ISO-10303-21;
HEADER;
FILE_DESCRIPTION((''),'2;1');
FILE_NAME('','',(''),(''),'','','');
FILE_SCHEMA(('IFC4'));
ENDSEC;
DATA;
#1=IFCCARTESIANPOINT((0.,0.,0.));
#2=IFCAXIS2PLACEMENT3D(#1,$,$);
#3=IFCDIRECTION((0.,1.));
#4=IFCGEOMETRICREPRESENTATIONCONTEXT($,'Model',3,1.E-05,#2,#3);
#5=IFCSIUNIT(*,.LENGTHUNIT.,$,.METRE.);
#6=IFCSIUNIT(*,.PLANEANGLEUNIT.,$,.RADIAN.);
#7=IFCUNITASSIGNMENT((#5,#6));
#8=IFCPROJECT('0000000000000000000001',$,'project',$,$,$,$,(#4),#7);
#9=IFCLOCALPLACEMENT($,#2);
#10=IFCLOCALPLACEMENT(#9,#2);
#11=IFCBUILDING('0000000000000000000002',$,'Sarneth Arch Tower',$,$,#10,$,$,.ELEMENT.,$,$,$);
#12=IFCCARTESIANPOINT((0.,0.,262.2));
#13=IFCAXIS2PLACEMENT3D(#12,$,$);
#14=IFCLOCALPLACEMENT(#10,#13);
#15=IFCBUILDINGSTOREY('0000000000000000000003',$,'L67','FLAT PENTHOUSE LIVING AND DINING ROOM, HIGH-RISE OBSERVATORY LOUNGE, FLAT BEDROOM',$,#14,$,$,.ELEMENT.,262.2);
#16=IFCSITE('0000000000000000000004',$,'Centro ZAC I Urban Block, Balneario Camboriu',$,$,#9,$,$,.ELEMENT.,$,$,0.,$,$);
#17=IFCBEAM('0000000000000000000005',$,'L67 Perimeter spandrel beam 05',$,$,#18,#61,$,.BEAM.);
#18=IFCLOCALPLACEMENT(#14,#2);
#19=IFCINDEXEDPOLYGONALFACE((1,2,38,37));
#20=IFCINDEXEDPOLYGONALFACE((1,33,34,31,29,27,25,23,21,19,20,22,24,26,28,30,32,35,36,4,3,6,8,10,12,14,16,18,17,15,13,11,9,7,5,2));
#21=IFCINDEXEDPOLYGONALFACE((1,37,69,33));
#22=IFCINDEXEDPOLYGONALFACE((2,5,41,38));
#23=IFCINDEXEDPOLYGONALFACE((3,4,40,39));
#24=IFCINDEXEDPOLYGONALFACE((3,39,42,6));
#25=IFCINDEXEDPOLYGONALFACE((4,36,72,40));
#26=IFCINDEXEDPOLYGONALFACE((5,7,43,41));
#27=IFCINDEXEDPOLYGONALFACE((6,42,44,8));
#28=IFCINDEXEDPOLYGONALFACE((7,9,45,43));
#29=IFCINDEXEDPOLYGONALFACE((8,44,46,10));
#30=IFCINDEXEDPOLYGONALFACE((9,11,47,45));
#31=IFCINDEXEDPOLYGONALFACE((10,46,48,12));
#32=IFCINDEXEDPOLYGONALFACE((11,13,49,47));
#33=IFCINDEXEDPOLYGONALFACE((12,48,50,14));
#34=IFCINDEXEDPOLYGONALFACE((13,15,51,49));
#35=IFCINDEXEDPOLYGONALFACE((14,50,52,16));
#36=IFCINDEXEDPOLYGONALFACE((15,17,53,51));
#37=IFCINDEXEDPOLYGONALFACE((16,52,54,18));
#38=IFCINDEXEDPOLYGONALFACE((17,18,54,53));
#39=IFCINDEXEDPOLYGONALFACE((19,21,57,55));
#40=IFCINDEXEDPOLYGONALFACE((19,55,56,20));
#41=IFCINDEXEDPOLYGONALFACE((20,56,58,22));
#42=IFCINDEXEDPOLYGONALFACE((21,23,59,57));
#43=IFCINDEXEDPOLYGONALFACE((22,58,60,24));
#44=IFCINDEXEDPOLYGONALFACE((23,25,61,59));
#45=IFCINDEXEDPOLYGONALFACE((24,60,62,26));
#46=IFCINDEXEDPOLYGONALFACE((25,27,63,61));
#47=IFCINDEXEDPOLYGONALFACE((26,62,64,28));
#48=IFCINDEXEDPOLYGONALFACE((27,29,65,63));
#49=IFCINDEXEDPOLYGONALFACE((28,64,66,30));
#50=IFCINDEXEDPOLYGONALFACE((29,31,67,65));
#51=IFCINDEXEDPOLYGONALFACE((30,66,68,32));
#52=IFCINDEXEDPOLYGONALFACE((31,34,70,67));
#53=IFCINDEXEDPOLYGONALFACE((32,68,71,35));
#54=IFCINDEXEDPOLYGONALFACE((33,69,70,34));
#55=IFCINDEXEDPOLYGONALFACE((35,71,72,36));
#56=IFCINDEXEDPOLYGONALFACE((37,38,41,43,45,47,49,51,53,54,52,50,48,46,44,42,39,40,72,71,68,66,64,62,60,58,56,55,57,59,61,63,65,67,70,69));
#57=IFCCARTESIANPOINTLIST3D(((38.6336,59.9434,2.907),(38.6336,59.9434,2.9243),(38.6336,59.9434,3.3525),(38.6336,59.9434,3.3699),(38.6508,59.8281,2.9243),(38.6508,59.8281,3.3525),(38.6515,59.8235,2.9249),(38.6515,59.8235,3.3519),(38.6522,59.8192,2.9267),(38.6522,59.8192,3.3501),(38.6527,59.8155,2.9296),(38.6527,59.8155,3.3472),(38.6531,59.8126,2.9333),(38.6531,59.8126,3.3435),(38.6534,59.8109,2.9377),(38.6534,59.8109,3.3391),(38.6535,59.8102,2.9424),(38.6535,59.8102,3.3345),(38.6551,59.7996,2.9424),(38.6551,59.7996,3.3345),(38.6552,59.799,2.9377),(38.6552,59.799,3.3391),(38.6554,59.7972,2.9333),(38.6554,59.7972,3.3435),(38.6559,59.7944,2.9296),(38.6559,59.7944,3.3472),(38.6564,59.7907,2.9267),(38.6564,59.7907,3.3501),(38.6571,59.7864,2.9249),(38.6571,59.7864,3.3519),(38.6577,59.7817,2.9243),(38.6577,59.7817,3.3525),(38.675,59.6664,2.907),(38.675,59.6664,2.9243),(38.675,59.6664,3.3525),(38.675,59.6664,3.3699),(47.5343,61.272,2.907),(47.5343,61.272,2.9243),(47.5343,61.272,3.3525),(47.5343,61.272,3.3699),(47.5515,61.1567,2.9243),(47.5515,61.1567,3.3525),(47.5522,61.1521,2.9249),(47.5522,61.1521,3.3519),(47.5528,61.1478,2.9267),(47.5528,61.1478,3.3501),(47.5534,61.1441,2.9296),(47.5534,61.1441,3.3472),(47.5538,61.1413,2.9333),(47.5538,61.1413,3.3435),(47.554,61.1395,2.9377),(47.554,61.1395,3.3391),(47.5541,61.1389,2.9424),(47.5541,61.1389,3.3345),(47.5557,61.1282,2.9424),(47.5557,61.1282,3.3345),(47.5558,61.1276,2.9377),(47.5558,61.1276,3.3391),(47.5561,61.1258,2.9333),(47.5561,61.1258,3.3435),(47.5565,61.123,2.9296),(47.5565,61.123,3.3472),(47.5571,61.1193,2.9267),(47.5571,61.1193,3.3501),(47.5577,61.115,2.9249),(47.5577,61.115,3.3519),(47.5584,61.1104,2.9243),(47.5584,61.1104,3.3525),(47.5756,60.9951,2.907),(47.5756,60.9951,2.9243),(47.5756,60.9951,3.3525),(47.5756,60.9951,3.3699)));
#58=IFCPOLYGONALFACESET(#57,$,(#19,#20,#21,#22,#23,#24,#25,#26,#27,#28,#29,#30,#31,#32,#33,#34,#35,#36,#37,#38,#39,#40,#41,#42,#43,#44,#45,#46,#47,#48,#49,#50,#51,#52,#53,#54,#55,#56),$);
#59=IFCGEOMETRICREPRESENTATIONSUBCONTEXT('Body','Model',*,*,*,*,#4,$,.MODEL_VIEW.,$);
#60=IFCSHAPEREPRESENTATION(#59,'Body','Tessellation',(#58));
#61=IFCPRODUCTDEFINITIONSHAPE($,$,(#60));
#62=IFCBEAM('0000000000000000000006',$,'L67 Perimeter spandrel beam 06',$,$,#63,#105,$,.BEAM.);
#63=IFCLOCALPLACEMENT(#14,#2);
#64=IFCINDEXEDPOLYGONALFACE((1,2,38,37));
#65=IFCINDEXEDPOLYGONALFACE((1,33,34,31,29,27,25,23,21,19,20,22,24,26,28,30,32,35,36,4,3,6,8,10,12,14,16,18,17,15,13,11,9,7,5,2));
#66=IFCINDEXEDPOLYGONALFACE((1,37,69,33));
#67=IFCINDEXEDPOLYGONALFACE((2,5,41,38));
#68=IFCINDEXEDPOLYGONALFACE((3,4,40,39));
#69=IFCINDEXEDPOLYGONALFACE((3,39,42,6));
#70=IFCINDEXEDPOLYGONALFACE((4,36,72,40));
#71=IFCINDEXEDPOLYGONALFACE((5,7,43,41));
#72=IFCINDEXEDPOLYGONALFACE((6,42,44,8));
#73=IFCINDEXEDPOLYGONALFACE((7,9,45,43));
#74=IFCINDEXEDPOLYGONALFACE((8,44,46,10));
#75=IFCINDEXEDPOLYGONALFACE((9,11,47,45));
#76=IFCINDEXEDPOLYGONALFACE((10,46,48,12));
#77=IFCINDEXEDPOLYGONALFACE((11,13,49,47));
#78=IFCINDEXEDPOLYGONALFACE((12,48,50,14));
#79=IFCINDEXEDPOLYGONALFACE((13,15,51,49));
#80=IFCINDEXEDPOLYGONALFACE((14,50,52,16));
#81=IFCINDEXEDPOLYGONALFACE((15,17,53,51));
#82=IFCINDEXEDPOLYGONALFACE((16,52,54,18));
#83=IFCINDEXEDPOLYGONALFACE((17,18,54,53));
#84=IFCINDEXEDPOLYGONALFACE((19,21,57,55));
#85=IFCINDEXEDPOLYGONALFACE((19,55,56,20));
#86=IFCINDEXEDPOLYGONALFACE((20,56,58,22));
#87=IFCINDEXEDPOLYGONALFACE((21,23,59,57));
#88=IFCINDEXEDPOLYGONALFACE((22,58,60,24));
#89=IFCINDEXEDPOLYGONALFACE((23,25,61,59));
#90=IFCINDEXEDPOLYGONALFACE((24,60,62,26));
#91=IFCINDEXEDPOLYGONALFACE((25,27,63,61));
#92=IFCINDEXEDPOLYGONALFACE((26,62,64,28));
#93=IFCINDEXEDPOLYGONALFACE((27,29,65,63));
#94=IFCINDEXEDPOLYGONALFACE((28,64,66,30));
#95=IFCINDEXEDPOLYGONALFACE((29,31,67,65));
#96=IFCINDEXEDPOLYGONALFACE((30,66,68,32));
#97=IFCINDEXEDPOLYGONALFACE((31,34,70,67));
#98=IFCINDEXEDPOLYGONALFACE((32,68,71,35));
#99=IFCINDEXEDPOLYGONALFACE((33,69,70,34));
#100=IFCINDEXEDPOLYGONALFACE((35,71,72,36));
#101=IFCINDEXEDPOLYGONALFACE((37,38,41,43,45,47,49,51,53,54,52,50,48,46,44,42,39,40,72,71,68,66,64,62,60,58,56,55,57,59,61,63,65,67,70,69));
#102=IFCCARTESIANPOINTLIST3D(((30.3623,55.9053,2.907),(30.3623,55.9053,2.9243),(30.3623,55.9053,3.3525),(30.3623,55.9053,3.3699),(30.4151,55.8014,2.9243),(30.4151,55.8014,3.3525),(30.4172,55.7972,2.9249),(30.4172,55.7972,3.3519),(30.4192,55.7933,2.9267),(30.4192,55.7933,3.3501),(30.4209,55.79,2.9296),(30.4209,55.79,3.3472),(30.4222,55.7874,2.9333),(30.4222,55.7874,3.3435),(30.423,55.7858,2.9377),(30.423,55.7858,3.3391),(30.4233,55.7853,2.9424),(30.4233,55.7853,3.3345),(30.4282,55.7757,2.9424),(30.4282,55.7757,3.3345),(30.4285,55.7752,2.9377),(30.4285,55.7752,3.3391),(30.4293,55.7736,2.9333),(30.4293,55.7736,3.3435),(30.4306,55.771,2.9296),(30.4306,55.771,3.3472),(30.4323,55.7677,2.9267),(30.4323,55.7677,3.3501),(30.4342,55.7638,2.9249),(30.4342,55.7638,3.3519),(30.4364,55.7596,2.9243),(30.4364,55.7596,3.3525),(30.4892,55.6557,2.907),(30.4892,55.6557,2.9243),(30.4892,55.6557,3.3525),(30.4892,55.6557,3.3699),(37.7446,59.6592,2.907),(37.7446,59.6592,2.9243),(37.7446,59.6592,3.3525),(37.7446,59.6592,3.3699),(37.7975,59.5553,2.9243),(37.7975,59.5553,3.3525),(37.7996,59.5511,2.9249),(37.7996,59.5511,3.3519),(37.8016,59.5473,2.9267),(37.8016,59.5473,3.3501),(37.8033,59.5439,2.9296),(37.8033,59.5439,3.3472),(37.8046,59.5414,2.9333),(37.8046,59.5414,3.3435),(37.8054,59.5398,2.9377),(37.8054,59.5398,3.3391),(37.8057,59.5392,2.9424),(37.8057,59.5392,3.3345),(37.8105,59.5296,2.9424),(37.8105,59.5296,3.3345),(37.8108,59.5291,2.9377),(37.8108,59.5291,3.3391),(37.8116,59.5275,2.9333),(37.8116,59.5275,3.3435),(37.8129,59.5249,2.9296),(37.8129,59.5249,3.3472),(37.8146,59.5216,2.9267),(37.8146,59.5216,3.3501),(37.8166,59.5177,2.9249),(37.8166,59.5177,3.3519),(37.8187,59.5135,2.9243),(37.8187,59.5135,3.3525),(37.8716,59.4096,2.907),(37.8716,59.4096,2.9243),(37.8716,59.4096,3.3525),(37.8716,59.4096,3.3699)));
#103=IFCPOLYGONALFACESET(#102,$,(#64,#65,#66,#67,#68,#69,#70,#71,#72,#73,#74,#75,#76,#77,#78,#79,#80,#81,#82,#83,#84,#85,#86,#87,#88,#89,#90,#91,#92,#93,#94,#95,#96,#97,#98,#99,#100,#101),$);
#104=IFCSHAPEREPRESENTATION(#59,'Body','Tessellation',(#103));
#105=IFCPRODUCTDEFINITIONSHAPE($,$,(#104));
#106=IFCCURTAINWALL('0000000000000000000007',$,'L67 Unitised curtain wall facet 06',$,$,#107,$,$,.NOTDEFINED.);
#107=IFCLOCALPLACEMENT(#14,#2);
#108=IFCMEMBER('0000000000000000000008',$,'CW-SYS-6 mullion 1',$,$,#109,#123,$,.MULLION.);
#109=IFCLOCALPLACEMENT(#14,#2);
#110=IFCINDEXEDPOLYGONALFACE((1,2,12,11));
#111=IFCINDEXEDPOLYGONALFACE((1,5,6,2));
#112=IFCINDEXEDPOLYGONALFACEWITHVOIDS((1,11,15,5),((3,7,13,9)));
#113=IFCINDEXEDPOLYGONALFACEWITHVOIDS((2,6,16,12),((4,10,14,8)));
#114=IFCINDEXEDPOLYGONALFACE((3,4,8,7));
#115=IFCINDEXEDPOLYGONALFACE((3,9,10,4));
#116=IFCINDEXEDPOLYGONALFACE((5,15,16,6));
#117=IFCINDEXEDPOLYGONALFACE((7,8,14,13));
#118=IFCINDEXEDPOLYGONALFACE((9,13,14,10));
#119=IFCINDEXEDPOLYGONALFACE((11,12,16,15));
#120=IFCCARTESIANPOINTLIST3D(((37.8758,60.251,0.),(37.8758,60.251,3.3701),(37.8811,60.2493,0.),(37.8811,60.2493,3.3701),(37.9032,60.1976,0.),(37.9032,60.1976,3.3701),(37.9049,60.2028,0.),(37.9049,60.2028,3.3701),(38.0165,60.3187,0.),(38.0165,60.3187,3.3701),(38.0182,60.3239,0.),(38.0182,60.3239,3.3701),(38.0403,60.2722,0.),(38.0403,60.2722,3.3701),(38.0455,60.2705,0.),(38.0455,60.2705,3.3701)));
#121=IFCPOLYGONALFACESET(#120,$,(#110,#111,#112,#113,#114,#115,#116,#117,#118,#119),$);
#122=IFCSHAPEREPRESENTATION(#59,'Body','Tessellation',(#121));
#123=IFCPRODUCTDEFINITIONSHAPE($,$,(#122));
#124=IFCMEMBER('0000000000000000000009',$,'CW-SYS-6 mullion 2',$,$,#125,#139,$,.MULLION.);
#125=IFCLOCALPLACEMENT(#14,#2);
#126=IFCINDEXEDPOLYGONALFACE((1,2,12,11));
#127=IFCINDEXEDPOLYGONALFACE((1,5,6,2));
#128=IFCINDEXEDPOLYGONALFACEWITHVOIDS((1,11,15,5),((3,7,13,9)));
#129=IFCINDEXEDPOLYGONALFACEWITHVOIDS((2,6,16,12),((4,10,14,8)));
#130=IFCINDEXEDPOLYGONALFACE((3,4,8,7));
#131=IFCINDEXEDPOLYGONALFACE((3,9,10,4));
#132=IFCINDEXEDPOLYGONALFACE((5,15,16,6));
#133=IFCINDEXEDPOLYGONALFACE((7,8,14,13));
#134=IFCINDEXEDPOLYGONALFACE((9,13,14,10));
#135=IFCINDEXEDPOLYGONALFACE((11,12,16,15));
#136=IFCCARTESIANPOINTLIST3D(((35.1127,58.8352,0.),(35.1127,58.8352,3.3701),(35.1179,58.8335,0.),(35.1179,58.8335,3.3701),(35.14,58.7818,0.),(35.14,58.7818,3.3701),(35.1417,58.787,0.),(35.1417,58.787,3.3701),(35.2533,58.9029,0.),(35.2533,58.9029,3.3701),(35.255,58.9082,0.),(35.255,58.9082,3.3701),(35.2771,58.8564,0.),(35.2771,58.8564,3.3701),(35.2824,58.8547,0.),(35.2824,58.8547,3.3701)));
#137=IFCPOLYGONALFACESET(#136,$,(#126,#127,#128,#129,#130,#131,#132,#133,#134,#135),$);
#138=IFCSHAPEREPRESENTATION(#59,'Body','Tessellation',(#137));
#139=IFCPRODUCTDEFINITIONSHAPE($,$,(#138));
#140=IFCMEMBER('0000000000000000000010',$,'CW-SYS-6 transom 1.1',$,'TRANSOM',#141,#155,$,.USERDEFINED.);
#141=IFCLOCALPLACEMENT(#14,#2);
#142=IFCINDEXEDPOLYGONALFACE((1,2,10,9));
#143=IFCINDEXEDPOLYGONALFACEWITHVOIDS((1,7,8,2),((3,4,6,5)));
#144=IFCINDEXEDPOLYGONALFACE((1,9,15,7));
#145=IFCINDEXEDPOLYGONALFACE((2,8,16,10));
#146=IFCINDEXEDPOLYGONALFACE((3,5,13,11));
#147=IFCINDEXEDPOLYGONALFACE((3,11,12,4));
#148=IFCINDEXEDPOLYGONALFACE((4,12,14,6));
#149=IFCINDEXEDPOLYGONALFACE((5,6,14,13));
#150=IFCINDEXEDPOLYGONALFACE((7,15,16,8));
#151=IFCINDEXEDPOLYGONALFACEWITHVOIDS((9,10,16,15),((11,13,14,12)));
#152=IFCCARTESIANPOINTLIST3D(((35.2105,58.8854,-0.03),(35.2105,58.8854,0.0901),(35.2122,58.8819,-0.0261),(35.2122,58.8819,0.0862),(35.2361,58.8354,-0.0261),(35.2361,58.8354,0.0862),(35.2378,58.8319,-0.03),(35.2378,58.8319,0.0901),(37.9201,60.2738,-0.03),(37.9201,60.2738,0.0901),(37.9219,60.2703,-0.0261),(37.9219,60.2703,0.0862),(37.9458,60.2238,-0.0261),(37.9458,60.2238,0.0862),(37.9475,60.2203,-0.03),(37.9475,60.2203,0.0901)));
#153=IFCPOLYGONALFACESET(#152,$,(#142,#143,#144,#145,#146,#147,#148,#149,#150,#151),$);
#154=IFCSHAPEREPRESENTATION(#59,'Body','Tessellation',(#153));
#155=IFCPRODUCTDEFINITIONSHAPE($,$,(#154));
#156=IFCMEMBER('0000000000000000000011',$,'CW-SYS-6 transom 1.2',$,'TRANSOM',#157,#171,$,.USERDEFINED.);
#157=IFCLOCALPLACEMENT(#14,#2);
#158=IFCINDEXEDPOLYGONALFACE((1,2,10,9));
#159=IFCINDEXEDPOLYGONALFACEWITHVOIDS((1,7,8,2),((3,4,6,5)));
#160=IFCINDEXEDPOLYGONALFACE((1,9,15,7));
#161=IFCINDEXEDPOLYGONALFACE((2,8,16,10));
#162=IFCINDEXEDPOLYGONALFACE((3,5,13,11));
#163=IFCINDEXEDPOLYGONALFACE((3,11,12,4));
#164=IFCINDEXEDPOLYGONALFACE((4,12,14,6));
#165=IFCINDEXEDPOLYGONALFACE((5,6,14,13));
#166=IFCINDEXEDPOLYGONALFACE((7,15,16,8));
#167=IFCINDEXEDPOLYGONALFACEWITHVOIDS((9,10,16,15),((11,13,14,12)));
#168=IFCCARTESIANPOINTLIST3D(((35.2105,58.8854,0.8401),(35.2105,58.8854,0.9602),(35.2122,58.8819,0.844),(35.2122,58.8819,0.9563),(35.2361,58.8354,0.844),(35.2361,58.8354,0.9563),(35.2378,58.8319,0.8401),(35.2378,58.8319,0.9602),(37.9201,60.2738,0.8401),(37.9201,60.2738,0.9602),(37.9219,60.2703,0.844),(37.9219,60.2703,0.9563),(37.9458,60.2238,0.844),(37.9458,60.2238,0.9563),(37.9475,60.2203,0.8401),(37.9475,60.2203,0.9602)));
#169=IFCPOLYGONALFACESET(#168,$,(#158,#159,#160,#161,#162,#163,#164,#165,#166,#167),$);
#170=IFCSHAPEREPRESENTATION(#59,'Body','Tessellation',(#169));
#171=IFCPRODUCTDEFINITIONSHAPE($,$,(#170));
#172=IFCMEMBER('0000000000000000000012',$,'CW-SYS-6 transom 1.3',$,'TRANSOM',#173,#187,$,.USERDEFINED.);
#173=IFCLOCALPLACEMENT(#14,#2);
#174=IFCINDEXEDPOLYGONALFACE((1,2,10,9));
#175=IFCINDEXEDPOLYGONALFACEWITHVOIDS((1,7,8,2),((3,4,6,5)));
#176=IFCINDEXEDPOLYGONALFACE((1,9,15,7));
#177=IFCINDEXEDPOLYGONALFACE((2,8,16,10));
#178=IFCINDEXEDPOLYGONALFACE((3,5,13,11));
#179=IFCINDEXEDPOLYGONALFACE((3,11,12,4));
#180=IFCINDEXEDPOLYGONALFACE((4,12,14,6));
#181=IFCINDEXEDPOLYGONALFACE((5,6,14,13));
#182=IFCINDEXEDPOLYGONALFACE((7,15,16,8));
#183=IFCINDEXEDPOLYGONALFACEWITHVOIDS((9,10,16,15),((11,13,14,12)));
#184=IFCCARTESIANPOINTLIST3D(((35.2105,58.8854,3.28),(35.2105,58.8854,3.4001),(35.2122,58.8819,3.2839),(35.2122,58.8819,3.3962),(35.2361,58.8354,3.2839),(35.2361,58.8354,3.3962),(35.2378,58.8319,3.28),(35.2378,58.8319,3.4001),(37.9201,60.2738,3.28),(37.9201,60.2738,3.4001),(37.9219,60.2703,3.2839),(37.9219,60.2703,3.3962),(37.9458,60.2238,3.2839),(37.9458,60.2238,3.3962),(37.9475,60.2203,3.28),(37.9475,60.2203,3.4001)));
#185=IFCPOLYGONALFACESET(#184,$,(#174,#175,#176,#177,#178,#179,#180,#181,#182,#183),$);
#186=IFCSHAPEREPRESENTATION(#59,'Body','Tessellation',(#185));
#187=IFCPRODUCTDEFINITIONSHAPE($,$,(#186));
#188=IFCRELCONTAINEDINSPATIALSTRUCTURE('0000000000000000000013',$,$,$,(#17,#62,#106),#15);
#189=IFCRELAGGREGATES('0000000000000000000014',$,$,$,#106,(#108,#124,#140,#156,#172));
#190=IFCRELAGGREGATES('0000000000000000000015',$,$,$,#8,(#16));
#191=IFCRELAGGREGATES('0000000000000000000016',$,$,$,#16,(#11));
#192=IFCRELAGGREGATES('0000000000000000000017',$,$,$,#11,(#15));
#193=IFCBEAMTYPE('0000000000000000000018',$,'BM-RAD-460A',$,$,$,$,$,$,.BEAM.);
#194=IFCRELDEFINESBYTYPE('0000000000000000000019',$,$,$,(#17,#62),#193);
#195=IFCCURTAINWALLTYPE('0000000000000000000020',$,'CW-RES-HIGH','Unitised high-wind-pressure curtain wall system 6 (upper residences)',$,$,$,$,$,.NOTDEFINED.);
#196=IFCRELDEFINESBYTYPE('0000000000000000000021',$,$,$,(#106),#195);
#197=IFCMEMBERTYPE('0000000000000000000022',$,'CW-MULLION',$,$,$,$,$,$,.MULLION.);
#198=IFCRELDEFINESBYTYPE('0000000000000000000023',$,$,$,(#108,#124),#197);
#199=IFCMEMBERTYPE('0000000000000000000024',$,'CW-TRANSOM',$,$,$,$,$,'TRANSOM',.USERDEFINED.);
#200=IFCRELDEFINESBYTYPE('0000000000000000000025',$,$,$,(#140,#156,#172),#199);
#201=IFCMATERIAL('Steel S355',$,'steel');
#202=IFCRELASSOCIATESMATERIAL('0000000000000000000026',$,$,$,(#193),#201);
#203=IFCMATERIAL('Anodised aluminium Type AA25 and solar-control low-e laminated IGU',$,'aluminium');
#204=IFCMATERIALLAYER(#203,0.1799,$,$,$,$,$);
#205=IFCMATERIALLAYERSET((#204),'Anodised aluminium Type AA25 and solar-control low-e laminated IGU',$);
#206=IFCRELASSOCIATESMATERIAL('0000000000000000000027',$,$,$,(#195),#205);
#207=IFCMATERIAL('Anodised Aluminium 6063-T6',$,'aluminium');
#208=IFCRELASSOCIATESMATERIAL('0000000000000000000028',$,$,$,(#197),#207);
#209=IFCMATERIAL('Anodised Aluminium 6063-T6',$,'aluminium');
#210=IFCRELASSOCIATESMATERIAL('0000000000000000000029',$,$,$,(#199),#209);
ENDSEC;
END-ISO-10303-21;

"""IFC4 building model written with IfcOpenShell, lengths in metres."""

from ifc_helpers import new_model, si_unit, direction, frame, origin, origin_2d, place, context, subcontext, project, spatial, hollow_rectangle, i_section, extrude, material, layer, layer_set, material_profile, profile_set, type_object, element, aggregate, save


model = new_model("IFC4")

# Units and contexts
model_context = context("Model", 3, precision=1e-05, world=origin(), true_north=direction((0.0, 1.0)))
body_context = subcontext(model_context, "Body", "Model", "MODEL_VIEW")
ifc_project = project(units=[si_unit("LENGTHUNIT", "METRE"), si_unit("PLANEANGLEUNIT", "RADIAN")], contexts=[model_context])

# Site, building, storey
site_placement = place(None, origin())
site = spatial("IfcSite", under=ifc_project, at=site_placement, Name="Centro ZAC I Urban Block, Balneario Camboriu", CompositionType="ELEMENT", RefElevation=0.0)
building_placement = place(site_placement, origin())
building = spatial("IfcBuilding", under=site, at=building_placement, Name="Sarneth Arch Tower", CompositionType="ELEMENT")
storey_placement = place(building_placement, frame((0.0, 0.0, 262.2)))
storey = spatial("IfcBuildingStorey", under=building, at=storey_placement, Name="L67", Description="FLAT PENTHOUSE LIVING AND DINING ROOM, HIGH-RISE OBSERVATORY LOUNGE, FLAT BEDROOM", CompositionType="ELEMENT", Elevation=262.2)

# Beams
ifc_material_1 = material(Name="Steel S355", Category="steel")
ifc_material_profile_1 = material_profile(ifc_material_1, i_section(OverallWidth=0.28, OverallDepth=0.4629, WebThickness=0.0107, FlangeThickness=0.0173, FilletRadius=0.0181, at=origin_2d()), Name="W460x113")
ifc_profile_set_1 = profile_set([ifc_material_profile_1], Name="Steel S355")
beam_type = type_object("IfcBeamType", Name="BM-RAD-460A", PredefinedType="BEAM", material=ifc_profile_set_1)
beam_1_placement = place(storey_placement, frame((47.5549, 61.1335, 3.1384), z_axis=(-0.989042, -0.147636, 0.0), x_axis=(0.147636, -0.989042, 0.0)))
element("IfcBeam", 1, at=beam_1_placement, inside=storey, type_object=beam_type, Name="L67 Perimeter spandrel beam 05", PredefinedType="BEAM", context=body_context, shape_type="SweptSolid", body=[
    extrude(i_section(OverallWidth=0.28, OverallDepth=0.4629, WebThickness=0.0107, FlangeThickness=0.0173, FilletRadius=0.0181, at=origin_2d()), origin(), (0.0, 0.0, 1.0), 8.9993),
])
beam_2_placement = place(storey_placement, frame((37.8081, 59.5344, 3.1384), z_axis=(-0.891376, -0.453264, 0.0), x_axis=(0.453264, -0.891376, 0.0)))
element("IfcBeam", 2, at=beam_2_placement, inside=storey, type_object=beam_type, Name="L67 Perimeter spandrel beam 06", PredefinedType="BEAM", context=body_context, shape_type="SweptSolid", body=[
    extrude(i_section(OverallWidth=0.28, OverallDepth=0.4629, WebThickness=0.0107, FlangeThickness=0.0173, FilletRadius=0.0181, at=origin_2d()), origin(), (0.0, 0.0, 1.0), 8.282),
])

# Curtain wall, members
ifc_material_2 = material(Name="Anodised aluminium Type AA25 and solar-control low-e laminated IGU", Category="aluminium")
ifc_layer_1 = layer(ifc_material_2, 0.1799)
ifc_layer_set_1 = layer_set([ifc_layer_1], Name="Anodised aluminium Type AA25 and solar-control low-e laminated IGU")
curtain_wall_type = type_object("IfcCurtainWallType", Name="CW-RES-HIGH", Description="Unitised high-wind-pressure curtain wall system 6 (upper residences)", PredefinedType="NOTDEFINED", material=ifc_layer_set_1)
curtain_wall_placement = place(storey_placement, origin())
curtain_wall = element("IfcCurtainWall", 3, at=curtain_wall_placement, inside=storey, type_object=curtain_wall_type, Name="L67 Unitised curtain wall facet 06", PredefinedType="NOTDEFINED")
ifc_material_3 = material(Name="Anodised Aluminium 6063-T6", Category="aluminium")
ifc_material_profile_2 = material_profile(ifc_material_3, hollow_rectangle(XDim=0.0601, YDim=0.1599, WallThickness=0.0039, at=origin_2d()), Name="AL-MULL-160x60x4")
ifc_profile_set_2 = profile_set([ifc_material_profile_2], Name="Anodised Aluminium 6063-T6")
member_type_1 = type_object("IfcMemberType", Name="CW-MULLION", PredefinedType="MULLION", material=ifc_profile_set_2)
member_1_placement = place(storey_placement, frame((37.9607, 60.2607, 0.0), z_axis=(0.0, 0.0, 1.0), x_axis=(0.455942, -0.89001, 0.0)))
member_1 = element("IfcMember", 4, at=member_1_placement, type_object=member_type_1, Name="CW-SYS-6 mullion 1", PredefinedType="MULLION", context=body_context, shape_type="SweptSolid", body=[
    extrude(hollow_rectangle(XDim=0.0601, YDim=0.1599, WallThickness=0.0039, at=origin_2d()), origin(), (0.0, 0.0, 1.0), 3.3701),
])
member_2_placement = place(storey_placement, frame((35.1975, 58.845, 0.0), z_axis=(0.0, 0.0, 1.0), x_axis=(0.455942, -0.89001, 0.0)))
member_2 = element("IfcMember", 5, at=member_2_placement, type_object=member_type_1, Name="CW-SYS-6 mullion 2", PredefinedType="MULLION", context=body_context, shape_type="SweptSolid", body=[
    extrude(hollow_rectangle(XDim=0.0601, YDim=0.1599, WallThickness=0.0039, at=origin_2d()), origin(), (0.0, 0.0, 1.0), 3.3701),
])
ifc_material_4 = material(Name="Anodised Aluminium 6063-T6", Category="aluminium")
ifc_material_profile_3 = material_profile(ifc_material_4, hollow_rectangle(XDim=0.0601, YDim=0.1201, WallThickness=0.0039, at=origin_2d()), Name="AL-TRAN-120x60x4")
ifc_profile_set_3 = profile_set([ifc_material_profile_3], Name="Anodised Aluminium 6063-T6")
member_type_2 = type_object("IfcMemberType", Name="CW-TRANSOM", ElementType="TRANSOM", PredefinedType="USERDEFINED", material=ifc_profile_set_3)
member_3_placement = place(storey_placement, frame((37.9338, 60.2471, 0.03), z_axis=(-0.889974, -0.456012, 0.0), x_axis=(0.456012, -0.889974, 0.0)))
member_3 = element("IfcMember", 6, at=member_3_placement, type_object=member_type_2, Name="CW-SYS-6 transom 1.1", ObjectType="TRANSOM", PredefinedType="USERDEFINED", context=body_context, shape_type="SweptSolid", body=[
    extrude(hollow_rectangle(XDim=0.0601, YDim=0.1201, WallThickness=0.0039, at=origin_2d()), origin(), (0.0, 0.0, 1.0), 3.0447),
])
member_4_placement = place(storey_placement, frame((37.9338, 60.2471, 0.9001), z_axis=(-0.889974, -0.456012, 0.0), x_axis=(0.456012, -0.889974, 0.0)))
member_4 = element("IfcMember", 7, at=member_4_placement, type_object=member_type_2, Name="CW-SYS-6 transom 1.2", ObjectType="TRANSOM", PredefinedType="USERDEFINED", context=body_context, shape_type="SweptSolid", body=[
    extrude(hollow_rectangle(XDim=0.0601, YDim=0.1201, WallThickness=0.0039, at=origin_2d()), origin(), (0.0, 0.0, 1.0), 3.0447),
])
member_5_placement = place(storey_placement, frame((37.9338, 60.2471, 3.3401), z_axis=(-0.889974, -0.456012, 0.0), x_axis=(0.456012, -0.889974, 0.0)))
member_5 = element("IfcMember", 8, at=member_5_placement, type_object=member_type_2, Name="CW-SYS-6 transom 1.3", ObjectType="TRANSOM", PredefinedType="USERDEFINED", context=body_context, shape_type="SweptSolid", body=[
    extrude(hollow_rectangle(XDim=0.0601, YDim=0.1201, WallThickness=0.0039, at=origin_2d()), origin(), (0.0, 0.0, 1.0), 3.0447),
])

aggregate(curtain_wall, [member_1, member_2, member_3, member_4, member_5])

save(model, "model.ifc")
